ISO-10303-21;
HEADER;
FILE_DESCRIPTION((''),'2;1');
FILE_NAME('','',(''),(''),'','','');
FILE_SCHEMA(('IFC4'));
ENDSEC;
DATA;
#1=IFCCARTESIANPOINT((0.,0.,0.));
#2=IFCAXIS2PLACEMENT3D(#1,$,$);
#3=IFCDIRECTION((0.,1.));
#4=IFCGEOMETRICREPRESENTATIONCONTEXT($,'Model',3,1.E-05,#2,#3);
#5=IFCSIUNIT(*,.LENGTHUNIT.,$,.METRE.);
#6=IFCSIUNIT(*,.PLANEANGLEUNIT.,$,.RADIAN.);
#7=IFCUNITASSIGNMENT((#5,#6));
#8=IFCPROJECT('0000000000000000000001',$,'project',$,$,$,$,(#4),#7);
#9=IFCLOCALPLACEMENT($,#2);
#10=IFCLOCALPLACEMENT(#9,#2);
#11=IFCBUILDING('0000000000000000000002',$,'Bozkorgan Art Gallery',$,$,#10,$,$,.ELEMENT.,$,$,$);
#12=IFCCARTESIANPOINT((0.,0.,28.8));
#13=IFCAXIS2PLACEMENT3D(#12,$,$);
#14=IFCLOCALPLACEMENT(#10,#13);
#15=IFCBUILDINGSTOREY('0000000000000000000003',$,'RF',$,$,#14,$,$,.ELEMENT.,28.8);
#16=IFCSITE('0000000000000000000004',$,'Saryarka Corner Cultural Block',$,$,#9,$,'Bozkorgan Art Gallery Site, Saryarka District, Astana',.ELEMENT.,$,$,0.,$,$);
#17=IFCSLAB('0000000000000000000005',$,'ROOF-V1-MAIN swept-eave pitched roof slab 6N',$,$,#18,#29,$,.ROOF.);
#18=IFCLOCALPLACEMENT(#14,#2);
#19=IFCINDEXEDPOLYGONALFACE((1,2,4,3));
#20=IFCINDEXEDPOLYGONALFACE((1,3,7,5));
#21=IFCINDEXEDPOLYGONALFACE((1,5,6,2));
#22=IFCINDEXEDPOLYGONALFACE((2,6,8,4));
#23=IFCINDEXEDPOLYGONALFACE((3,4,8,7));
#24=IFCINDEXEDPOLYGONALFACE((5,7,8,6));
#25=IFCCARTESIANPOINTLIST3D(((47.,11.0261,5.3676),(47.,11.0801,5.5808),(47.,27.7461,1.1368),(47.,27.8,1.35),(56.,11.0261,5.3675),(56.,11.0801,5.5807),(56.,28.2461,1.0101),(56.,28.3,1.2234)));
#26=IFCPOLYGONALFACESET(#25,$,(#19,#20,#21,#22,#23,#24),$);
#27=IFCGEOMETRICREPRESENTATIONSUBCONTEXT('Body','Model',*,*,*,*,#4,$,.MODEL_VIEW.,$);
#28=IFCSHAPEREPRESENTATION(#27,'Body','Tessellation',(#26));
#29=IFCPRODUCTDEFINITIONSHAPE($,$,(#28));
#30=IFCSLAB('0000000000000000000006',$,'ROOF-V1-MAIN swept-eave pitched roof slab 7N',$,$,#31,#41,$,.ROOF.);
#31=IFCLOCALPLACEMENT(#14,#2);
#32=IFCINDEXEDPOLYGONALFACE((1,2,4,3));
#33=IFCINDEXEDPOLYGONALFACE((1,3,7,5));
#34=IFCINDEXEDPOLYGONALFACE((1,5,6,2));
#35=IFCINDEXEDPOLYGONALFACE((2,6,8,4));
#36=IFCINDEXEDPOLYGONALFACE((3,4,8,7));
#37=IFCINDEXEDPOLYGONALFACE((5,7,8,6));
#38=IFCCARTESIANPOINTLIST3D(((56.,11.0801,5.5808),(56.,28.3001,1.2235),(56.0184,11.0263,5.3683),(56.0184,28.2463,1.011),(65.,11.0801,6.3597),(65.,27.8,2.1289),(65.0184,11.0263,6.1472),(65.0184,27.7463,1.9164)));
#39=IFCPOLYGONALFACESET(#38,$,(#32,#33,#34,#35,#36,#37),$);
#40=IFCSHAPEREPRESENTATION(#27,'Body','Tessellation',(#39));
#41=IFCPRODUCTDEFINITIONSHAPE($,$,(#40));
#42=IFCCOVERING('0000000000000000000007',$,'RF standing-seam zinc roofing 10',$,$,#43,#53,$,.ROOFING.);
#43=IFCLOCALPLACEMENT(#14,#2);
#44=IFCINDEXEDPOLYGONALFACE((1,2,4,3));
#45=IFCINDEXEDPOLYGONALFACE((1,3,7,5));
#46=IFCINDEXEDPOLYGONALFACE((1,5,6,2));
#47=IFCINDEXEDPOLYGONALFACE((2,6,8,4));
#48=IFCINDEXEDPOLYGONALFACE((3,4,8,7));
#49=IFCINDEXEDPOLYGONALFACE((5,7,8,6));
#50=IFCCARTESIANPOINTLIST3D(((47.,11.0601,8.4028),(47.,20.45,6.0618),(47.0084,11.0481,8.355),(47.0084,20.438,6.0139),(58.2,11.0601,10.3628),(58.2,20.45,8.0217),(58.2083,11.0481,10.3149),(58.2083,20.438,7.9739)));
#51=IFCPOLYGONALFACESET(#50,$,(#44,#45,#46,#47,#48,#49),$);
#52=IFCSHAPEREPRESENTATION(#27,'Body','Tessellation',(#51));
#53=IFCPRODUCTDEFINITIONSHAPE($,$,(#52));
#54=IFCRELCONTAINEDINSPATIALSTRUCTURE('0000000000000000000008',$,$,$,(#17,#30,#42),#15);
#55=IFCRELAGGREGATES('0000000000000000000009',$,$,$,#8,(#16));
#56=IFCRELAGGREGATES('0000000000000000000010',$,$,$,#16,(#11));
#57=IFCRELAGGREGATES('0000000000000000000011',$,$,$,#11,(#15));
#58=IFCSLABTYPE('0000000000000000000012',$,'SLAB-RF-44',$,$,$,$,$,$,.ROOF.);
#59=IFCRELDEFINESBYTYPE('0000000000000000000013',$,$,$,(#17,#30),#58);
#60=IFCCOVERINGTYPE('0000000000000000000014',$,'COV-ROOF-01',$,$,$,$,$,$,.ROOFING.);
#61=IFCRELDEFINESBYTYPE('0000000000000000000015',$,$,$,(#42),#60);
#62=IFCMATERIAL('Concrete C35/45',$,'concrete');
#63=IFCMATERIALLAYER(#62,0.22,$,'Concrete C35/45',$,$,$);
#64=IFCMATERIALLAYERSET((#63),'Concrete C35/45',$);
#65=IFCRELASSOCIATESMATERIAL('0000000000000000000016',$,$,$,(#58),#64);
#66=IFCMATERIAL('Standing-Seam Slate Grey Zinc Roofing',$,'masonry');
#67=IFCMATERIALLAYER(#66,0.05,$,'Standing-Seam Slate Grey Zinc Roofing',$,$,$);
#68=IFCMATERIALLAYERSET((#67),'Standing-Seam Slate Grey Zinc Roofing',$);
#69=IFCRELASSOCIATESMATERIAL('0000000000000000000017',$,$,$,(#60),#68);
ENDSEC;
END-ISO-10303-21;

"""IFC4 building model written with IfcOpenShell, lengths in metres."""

from ifc_helpers import new_model, si_unit, direction, frame, origin, place, context, subcontext, project, spatial, polyline, outline, extrude, material, layer, layer_set, type_object, element, save


model = new_model("IFC4")

# Units and contexts
model_context = context("Model", 3, precision=1e-05, world=origin(), true_north=direction((0.0, 1.0)))
body_context = subcontext(model_context, "Body", "Model", "MODEL_VIEW")
ifc_project = project(units=[si_unit("LENGTHUNIT", "METRE"), si_unit("PLANEANGLEUNIT", "RADIAN")], contexts=[model_context])

# Site, building, storey
site_placement = place(None, origin())
site = spatial("IfcSite", under=ifc_project, at=site_placement, Name="Saryarka Corner Cultural Block", LongName="Bozkorgan Art Gallery Site, Saryarka District, Astana", CompositionType="ELEMENT", RefElevation=0.0)
building_placement = place(site_placement, origin())
building = spatial("IfcBuilding", under=site, at=building_placement, Name="Bozkorgan Art Gallery", CompositionType="ELEMENT")
storey_placement = place(building_placement, frame((0.0, 0.0, 28.8)))
storey = spatial("IfcBuildingStorey", under=building, at=storey_placement, Name="RF", CompositionType="ELEMENT", Elevation=28.8)

# Slabs
ifc_material_1 = material(Name="Concrete C35/45", Category="concrete")
ifc_layer_1 = layer(ifc_material_1, 0.22, Name="Concrete C35/45")
ifc_layer_set_1 = layer_set([ifc_layer_1], Name="Concrete C35/45")
slab_type_1 = type_object("IfcSlabType", Name="SLAB-RF-44", PredefinedType="ROOF", material=ifc_layer_set_1)
slab_1_placement = place(storey_placement, frame((47.0, 11.0801, 5.5808), z_axis=(0.00001, 0.245308, 0.969445), x_axis=(1.0, -0.000003, -0.00001)))
element("IfcSlab", 1, at=slab_1_placement, inside=storey, type_object=slab_type_1, Name="ROOF-V1-MAIN swept-eave pitched roof slab 6N", PredefinedType="ROOF", context=body_context, shape_type="SweptSolid", body=[
    extrude(outline(polyline([(0.0, 0.0), (9.0, 0.0), (9.0, 17.7627), (0.0, 17.2469), (0.0, 0.0)])), origin(), (0.0, 0.0, -1.0), 0.22),
])
slab_2_placement = place(storey_placement, frame((56.0, 11.0801, 5.5808), z_axis=(-0.083607, 0.244449, 0.966051), x_axis=(0.996276, 0.000002, 0.086222)))
element("IfcSlab", 2, at=slab_2_placement, inside=storey, type_object=slab_type_1, Name="ROOF-V1-MAIN swept-eave pitched roof slab 7N", PredefinedType="ROOF", context=body_context, shape_type="SweptSolid", body=[
    extrude(outline(polyline([(0.0, 0.0), (9.0336, 0.0), (8.6689, 17.2431), (-0.3757, 17.7588), (0.0, 0.0)])), origin(), (0.0, 0.0, -1.0), 0.22),
])

# Covering
ifc_material_2 = material(Name="Standing-Seam Slate Grey Zinc Roofing", Category="masonry")
ifc_layer_2 = layer(ifc_material_2, 0.05, Name="Standing-Seam Slate Grey Zinc Roofing")
ifc_layer_set_2 = layer_set([ifc_layer_2], Name="Standing-Seam Slate Grey Zinc Roofing")
covering_type = type_object("IfcCoveringType", Name="COV-ROOF-01", PredefinedType="ROOFING", material=ifc_layer_set_2)
covering_placement = place(storey_placement, frame((47.0, 11.0601, 8.4028), z_axis=(-0.167403, 0.238499, 0.956606), x_axis=(0.985031, 0.0, 0.172378)))
element("IfcCovering", 3, at=covering_placement, inside=storey, type_object=covering_type, Name="RF standing-seam zinc roofing 10", PredefinedType="ROOFING", context=body_context, shape_type="SweptSolid", body=[
    extrude(outline(polyline([(0.0, 0.0), (11.3702, 0.0), (10.9666, 9.6689), (-0.4035, 9.6689), (0.0, 0.0)])), origin(), (0.0, 0.0, -1.0), 0.05),
])

save(model, "model.ifc")
